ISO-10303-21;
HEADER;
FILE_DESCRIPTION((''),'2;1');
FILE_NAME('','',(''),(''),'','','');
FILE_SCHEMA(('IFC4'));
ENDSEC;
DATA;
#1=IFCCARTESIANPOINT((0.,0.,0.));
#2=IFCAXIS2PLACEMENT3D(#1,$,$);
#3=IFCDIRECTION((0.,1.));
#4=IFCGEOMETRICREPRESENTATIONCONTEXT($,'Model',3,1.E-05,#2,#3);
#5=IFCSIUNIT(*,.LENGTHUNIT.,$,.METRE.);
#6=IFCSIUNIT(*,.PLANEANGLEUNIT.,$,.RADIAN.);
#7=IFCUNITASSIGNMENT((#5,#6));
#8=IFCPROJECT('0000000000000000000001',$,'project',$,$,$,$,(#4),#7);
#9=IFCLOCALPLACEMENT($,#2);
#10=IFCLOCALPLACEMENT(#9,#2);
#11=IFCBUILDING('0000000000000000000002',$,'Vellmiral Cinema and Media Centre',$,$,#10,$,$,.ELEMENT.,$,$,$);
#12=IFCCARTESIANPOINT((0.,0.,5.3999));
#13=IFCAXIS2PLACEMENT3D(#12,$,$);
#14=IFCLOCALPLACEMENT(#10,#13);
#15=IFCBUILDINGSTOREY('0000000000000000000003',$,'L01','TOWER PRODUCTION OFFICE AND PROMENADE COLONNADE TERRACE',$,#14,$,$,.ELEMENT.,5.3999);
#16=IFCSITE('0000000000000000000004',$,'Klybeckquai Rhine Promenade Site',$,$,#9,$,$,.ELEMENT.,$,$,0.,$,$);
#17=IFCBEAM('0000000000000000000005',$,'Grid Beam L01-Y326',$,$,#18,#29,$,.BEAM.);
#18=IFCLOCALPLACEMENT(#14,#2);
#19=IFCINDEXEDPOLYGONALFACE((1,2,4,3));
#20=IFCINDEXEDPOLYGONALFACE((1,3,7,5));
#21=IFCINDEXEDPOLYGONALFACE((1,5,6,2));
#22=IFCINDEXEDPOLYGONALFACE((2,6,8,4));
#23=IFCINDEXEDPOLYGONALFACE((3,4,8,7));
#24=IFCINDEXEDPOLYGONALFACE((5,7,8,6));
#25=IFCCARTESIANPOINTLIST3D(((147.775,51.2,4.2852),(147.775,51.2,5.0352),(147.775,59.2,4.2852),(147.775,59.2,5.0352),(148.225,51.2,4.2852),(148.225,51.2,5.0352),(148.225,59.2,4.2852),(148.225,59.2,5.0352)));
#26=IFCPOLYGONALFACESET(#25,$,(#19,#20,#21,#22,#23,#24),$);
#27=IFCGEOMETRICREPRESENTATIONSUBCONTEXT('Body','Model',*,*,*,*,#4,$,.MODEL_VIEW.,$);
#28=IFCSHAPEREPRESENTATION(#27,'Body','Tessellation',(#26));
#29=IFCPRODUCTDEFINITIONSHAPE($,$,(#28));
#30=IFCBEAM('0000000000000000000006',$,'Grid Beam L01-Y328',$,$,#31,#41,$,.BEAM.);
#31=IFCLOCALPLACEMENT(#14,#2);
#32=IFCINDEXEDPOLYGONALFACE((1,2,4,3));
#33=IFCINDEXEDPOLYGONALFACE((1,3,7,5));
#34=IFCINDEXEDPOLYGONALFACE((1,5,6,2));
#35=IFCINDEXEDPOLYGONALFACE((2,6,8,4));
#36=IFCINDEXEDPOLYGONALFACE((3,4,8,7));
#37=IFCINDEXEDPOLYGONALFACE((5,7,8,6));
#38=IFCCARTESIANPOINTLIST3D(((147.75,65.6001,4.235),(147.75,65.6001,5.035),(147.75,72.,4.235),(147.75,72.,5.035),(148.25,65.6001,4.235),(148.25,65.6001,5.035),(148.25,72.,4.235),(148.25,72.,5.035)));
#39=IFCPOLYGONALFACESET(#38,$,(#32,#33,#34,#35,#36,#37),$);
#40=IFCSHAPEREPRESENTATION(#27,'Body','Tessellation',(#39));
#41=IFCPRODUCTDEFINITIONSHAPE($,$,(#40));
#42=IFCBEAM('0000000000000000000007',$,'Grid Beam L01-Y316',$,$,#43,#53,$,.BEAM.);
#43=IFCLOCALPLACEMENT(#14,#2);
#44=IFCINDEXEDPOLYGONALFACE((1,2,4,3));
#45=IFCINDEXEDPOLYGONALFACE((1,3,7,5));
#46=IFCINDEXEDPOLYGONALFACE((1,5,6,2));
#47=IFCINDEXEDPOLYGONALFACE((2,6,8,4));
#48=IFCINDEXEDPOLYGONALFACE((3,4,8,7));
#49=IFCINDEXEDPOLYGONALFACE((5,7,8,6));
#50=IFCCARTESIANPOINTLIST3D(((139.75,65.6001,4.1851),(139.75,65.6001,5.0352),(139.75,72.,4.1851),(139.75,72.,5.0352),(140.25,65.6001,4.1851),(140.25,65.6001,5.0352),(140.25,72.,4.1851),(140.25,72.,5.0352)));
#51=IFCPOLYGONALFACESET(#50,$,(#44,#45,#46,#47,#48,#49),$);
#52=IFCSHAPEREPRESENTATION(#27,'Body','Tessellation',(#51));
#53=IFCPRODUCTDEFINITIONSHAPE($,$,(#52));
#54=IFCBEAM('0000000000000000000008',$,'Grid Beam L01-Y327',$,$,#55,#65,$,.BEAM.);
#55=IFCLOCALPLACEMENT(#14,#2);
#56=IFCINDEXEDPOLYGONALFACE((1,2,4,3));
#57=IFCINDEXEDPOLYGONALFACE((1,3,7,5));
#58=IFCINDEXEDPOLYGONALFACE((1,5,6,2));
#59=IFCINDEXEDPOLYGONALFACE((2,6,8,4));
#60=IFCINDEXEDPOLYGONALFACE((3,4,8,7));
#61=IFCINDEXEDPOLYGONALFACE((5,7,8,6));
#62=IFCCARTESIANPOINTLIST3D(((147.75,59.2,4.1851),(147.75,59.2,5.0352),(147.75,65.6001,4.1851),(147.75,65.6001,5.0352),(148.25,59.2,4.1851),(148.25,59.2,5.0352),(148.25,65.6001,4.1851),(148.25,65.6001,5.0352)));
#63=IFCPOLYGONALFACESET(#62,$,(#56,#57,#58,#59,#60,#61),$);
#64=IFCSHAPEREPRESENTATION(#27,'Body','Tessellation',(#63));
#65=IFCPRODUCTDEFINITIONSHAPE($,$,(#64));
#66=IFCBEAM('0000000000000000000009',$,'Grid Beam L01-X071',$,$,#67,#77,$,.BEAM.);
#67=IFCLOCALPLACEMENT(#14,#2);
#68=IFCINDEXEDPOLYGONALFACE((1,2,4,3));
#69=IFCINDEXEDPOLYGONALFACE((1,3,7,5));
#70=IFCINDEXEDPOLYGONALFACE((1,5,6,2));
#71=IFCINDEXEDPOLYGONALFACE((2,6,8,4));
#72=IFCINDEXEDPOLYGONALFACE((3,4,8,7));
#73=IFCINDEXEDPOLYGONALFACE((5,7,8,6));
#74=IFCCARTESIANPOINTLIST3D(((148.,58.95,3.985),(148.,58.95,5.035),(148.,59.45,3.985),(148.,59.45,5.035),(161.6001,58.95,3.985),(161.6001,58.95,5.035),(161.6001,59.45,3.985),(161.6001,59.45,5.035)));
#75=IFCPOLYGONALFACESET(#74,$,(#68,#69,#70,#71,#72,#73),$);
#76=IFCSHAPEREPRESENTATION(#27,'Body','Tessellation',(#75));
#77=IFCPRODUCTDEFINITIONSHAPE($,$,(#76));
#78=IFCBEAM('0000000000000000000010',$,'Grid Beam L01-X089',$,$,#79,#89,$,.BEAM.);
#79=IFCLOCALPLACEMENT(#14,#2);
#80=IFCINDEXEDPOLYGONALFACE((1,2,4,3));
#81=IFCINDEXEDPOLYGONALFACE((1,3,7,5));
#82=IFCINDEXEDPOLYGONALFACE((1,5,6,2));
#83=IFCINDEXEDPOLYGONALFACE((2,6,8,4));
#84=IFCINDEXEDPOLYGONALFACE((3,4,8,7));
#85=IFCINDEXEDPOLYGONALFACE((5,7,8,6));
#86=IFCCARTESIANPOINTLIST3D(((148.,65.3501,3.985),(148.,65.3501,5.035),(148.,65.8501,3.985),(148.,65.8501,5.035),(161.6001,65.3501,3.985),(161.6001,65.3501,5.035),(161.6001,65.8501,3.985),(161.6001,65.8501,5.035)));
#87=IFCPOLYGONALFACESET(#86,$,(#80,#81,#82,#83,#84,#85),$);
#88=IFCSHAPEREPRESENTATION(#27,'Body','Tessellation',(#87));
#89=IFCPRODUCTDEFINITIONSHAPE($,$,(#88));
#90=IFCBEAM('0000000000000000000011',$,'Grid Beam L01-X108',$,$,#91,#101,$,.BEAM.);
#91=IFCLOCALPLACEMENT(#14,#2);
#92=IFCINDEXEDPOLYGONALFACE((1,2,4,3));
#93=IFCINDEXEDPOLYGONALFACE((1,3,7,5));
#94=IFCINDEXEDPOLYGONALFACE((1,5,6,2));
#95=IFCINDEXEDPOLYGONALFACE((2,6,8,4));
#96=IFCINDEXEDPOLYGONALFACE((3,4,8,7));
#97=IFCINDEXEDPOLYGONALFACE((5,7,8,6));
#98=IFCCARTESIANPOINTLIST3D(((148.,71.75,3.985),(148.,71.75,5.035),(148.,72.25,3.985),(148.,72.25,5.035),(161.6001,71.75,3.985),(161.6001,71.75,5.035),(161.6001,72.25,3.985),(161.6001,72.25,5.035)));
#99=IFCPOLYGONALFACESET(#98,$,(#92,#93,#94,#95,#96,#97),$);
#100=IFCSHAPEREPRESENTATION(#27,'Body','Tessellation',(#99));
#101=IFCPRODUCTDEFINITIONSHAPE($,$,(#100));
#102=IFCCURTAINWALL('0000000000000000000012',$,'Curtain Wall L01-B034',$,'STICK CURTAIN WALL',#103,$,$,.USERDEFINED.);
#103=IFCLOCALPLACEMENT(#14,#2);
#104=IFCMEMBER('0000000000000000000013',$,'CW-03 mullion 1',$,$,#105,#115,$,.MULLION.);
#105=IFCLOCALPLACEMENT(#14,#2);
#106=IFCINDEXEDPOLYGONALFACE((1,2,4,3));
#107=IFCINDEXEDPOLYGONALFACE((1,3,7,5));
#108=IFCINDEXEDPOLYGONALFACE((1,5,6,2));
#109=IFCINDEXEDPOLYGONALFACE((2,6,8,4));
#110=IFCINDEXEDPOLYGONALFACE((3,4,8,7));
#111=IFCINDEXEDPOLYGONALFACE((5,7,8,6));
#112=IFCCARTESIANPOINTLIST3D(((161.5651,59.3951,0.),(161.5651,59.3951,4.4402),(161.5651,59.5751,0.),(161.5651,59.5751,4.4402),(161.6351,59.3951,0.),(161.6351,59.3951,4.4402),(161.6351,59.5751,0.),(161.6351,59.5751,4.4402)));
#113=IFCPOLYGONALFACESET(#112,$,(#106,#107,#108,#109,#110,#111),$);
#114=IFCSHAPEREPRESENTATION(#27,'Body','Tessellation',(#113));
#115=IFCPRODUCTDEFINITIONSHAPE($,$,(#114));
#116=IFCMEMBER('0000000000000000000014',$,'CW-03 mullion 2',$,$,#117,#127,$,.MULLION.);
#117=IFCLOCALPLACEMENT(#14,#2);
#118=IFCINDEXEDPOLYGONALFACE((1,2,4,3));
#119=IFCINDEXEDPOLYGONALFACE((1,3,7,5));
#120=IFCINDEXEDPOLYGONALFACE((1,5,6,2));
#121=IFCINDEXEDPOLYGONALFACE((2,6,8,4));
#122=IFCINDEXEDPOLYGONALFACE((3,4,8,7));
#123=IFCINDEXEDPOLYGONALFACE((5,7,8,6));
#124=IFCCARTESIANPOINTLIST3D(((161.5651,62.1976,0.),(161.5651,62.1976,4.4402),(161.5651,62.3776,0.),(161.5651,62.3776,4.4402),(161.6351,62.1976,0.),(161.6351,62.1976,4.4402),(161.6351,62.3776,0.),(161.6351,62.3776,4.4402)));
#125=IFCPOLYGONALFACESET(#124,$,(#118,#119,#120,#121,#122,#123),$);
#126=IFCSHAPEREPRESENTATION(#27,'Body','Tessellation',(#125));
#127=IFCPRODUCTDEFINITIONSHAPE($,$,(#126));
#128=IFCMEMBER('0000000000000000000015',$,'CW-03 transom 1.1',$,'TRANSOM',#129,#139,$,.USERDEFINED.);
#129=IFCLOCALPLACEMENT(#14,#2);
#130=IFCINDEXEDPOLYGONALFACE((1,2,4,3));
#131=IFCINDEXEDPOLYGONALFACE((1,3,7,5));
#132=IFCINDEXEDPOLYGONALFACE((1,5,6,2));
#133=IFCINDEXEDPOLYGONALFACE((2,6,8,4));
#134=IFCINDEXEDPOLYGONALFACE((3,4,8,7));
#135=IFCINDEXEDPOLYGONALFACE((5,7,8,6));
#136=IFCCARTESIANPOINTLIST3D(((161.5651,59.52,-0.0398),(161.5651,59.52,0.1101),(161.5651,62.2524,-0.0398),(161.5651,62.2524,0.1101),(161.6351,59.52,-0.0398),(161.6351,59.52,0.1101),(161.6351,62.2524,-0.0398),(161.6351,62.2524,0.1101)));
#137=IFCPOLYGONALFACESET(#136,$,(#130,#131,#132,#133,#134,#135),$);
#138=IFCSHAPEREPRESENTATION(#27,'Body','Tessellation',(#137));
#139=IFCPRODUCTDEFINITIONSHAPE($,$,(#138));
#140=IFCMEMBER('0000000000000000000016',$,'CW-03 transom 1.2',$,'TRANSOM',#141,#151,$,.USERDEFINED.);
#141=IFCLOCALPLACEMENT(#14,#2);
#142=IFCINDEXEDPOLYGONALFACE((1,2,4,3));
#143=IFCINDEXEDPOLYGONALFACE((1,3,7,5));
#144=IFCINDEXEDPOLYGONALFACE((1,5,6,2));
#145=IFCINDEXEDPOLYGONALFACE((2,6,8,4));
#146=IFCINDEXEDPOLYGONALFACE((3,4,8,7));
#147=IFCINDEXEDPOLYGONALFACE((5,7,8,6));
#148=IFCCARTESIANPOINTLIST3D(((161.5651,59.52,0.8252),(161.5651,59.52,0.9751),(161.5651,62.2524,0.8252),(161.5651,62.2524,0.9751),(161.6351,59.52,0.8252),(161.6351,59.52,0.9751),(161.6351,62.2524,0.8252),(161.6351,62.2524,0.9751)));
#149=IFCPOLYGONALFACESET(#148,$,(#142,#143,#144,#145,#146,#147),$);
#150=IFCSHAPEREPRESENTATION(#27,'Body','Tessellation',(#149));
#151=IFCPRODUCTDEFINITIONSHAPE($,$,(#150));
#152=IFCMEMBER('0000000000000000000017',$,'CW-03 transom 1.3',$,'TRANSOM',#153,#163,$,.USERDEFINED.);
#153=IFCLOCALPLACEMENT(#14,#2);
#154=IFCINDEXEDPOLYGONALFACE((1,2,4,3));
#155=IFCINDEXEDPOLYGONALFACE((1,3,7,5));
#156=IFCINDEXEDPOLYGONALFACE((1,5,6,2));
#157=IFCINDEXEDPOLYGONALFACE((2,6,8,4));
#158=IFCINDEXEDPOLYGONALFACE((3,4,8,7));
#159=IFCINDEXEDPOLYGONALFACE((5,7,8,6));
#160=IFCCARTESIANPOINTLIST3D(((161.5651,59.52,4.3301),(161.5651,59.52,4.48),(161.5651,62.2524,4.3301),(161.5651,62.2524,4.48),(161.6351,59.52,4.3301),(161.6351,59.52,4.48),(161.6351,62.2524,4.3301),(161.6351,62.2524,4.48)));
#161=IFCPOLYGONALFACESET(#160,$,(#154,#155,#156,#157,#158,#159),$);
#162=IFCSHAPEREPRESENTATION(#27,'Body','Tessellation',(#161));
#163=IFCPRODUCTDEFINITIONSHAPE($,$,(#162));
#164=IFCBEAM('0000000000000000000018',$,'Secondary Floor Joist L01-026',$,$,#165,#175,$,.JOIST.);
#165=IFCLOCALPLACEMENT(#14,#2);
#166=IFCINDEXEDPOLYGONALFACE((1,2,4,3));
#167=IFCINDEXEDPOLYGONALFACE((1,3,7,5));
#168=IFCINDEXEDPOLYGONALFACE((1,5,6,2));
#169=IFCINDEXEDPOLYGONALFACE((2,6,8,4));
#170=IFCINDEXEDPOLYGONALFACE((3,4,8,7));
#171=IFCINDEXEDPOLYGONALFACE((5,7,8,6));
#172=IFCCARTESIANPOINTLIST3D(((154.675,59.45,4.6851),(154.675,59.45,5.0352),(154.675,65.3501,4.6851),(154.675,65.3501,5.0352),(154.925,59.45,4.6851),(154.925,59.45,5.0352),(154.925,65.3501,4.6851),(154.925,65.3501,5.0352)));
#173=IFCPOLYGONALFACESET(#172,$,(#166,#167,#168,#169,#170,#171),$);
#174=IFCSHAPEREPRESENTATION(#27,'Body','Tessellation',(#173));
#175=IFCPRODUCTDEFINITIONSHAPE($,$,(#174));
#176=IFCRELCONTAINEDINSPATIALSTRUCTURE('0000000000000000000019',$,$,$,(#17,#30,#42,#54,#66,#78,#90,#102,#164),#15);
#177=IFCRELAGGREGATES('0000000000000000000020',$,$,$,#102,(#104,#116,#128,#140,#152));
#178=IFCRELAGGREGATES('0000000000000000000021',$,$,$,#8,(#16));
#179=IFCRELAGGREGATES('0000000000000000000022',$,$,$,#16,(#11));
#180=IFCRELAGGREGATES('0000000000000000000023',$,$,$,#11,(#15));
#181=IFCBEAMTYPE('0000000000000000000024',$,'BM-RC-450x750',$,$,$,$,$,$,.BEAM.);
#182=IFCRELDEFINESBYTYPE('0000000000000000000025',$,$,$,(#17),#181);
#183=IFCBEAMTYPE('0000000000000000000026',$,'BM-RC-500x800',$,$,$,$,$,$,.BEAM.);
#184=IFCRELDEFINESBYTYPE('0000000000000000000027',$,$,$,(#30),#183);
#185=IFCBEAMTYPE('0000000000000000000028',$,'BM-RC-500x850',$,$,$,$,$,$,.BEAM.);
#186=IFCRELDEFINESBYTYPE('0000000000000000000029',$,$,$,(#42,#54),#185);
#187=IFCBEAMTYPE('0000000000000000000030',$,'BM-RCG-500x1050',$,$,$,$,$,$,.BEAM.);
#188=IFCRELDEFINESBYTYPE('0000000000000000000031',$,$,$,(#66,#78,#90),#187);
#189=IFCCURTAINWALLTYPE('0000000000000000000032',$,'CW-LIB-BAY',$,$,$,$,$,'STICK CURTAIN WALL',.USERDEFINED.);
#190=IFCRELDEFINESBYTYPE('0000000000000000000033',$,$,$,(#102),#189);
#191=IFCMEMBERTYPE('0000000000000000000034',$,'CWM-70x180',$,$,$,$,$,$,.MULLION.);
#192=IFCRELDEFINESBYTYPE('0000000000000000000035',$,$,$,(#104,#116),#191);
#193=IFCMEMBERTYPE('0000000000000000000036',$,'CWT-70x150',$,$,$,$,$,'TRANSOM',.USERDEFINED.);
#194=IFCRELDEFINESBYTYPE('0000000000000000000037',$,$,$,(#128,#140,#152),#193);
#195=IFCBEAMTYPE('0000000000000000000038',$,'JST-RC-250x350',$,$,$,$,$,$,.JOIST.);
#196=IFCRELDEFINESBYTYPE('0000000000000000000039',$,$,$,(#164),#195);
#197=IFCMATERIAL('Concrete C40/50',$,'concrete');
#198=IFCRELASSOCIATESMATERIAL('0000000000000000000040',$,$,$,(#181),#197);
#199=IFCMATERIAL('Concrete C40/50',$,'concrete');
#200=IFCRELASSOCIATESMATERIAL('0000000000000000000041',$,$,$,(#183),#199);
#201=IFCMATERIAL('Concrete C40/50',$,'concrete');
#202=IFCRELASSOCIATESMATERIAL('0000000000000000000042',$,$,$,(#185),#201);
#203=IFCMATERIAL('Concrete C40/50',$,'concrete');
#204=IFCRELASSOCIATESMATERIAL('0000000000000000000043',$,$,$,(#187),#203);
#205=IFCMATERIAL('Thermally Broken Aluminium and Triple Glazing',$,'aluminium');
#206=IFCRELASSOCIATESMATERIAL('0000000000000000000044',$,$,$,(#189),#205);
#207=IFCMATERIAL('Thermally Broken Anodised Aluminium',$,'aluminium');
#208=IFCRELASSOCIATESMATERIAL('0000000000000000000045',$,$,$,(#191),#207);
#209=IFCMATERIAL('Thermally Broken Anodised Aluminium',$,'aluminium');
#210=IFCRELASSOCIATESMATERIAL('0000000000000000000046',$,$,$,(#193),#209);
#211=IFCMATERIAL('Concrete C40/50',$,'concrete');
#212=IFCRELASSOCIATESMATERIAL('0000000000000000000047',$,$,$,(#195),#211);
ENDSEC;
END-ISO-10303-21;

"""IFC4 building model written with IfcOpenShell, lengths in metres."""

from ifc_helpers import new_model, si_unit, direction, frame, origin, origin_2d, place, context, subcontext, project, spatial, rectangle, extrude, material, material_profile, profile_set, type_object, element, aggregate, save


model = new_model("IFC4")

# Units and contexts
model_context = context("Model", 3, precision=1e-05, world=origin(), true_north=direction((0.0, 1.0)))
body_context = subcontext(model_context, "Body", "Model", "MODEL_VIEW")
ifc_project = project(units=[si_unit("LENGTHUNIT", "METRE"), si_unit("PLANEANGLEUNIT", "RADIAN")], contexts=[model_context])

# Site, building, storey
site_placement = place(None, origin())
site = spatial("IfcSite", under=ifc_project, at=site_placement, Name="Klybeckquai Rhine Promenade Site", CompositionType="ELEMENT", RefElevation=0.0)
building_placement = place(site_placement, origin())
building = spatial("IfcBuilding", under=site, at=building_placement, Name="Vellmiral Cinema and Media Centre", CompositionType="ELEMENT")
storey_placement = place(building_placement, frame((0.0, 0.0, 5.3999)))
storey = spatial("IfcBuildingStorey", under=building, at=storey_placement, Name="L01", Description="TOWER PRODUCTION OFFICE AND PROMENADE COLONNADE TERRACE", CompositionType="ELEMENT", Elevation=5.3999)

# Beams
ifc_material_1 = material(Name="Concrete C40/50", Category="concrete")
ifc_material_profile_1 = material_profile(ifc_material_1, rectangle(XDim=0.45, YDim=0.75, at=origin_2d()), Name="RC 450x750")
ifc_profile_set_1 = profile_set([ifc_material_profile_1], Name="Concrete C40/50")
beam_type_1 = type_object("IfcBeamType", Name="BM-RC-450x750", PredefinedType="BEAM", material=ifc_profile_set_1)
beam_1_placement = place(storey_placement, frame((148.0, 51.2, 4.6602), z_axis=(0.0, 1.0, 0.0), x_axis=(-1.0, 0.0, 0.0)))
element("IfcBeam", 1, at=beam_1_placement, inside=storey, type_object=beam_type_1, Name="Grid Beam L01-Y326", PredefinedType="BEAM", context=body_context, shape_type="SweptSolid", body=[
    extrude(rectangle(XDim=0.45, YDim=0.75, at=origin_2d()), origin(), (0.0, 0.0, 1.0), 8.0),
])
ifc_material_2 = material(Name="Concrete C40/50", Category="concrete")
ifc_material_profile_2 = material_profile(ifc_material_2, rectangle(XDim=0.5, YDim=0.8, at=origin_2d()), Name="RC 500x800")
ifc_profile_set_2 = profile_set([ifc_material_profile_2], Name="Concrete C40/50")
beam_type_2 = type_object("IfcBeamType", Name="BM-RC-500x800", PredefinedType="BEAM", material=ifc_profile_set_2)
beam_2_placement = place(storey_placement, frame((148.0, 65.6001, 4.635), z_axis=(0.0, 1.0, 0.0), x_axis=(-1.0, 0.0, 0.0)))
element("IfcBeam", 2, at=beam_2_placement, inside=storey, type_object=beam_type_2, Name="Grid Beam L01-Y328", PredefinedType="BEAM", context=body_context, shape_type="SweptSolid", body=[
    extrude(rectangle(XDim=0.5, YDim=0.8, at=origin_2d()), origin(), (0.0, 0.0, 1.0), 6.3999),
])
ifc_material_3 = material(Name="Concrete C40/50", Category="concrete")
ifc_material_profile_3 = material_profile(ifc_material_3, rectangle(XDim=0.5, YDim=0.8501, at=origin_2d()), Name="RC 500x850")
ifc_profile_set_3 = profile_set([ifc_material_profile_3], Name="Concrete C40/50")
beam_type_3 = type_object("IfcBeamType", Name="BM-RC-500x850", PredefinedType="BEAM", material=ifc_profile_set_3)
beam_3_placement = place(storey_placement, frame((140.0, 65.6001, 4.6101), z_axis=(0.0, 1.0, 0.0), x_axis=(-1.0, 0.0, 0.0)))
element("IfcBeam", 3, at=beam_3_placement, inside=storey, type_object=beam_type_3, Name="Grid Beam L01-Y316", PredefinedType="BEAM", context=body_context, shape_type="SweptSolid", body=[
    extrude(rectangle(XDim=0.5, YDim=0.8501, at=origin_2d()), origin(), (0.0, 0.0, 1.0), 6.3999),
])
beam_4_placement = place(storey_placement, frame((148.0, 59.2, 4.6101), z_axis=(0.0, 1.0, 0.0), x_axis=(-1.0, 0.0, 0.0)))
element("IfcBeam", 4, at=beam_4_placement, inside=storey, type_object=beam_type_3, Name="Grid Beam L01-Y327", PredefinedType="BEAM", context=body_context, shape_type="SweptSolid", body=[
    extrude(rectangle(XDim=0.5, YDim=0.8501, at=origin_2d()), origin(), (0.0, 0.0, 1.0), 6.4001),
])
ifc_material_4 = material(Name="Concrete C40/50", Category="concrete")
ifc_material_profile_4 = material_profile(ifc_material_4, rectangle(XDim=0.5, YDim=1.05, at=origin_2d()), Name="RC 500x1050")
ifc_profile_set_4 = profile_set([ifc_material_profile_4], Name="Concrete C40/50")
beam_type_4 = type_object("IfcBeamType", Name="BM-RCG-500x1050", PredefinedType="BEAM", material=ifc_profile_set_4)
for number, where, z_axis, x_axis, name in (
    (5, (148.0, 59.2, 4.51), (1.0, 0.0, 0.0), (0.0, 1.0, 0.0), "Grid Beam L01-X071"),
    (6, (148.0, 65.6001, 4.51), (1.0, 0.0, 0.0), (0.0, 1.0, 0.0), "Grid Beam L01-X089"),
    (7, (148.0, 72.0, 4.51), (1.0, 0.0, 0.0), (0.0, 1.0, 0.0), "Grid Beam L01-X108"),
):
    element("IfcBeam", number, at=place(storey_placement, frame(where, z_axis=z_axis, x_axis=x_axis)), inside=storey, type_object=beam_type_4, Name=name, PredefinedType="BEAM", context=body_context, shape_type="SweptSolid", body=[
        extrude(rectangle(XDim=0.5, YDim=1.05, at=origin_2d()), origin(), (0.0, 0.0, 1.0), 13.6001),
    ])

# Curtain wall, members
ifc_material_5 = material(Name="Thermally Broken Aluminium and Triple Glazing", Category="aluminium")
curtain_wall_type = type_object("IfcCurtainWallType", Name="CW-LIB-BAY", ElementType="STICK CURTAIN WALL", PredefinedType="USERDEFINED", material=ifc_material_5)
curtain_wall_placement = place(storey_placement, origin())
curtain_wall = element("IfcCurtainWall", 8, at=curtain_wall_placement, inside=storey, type_object=curtain_wall_type, Name="Curtain Wall L01-B034", ObjectType="STICK CURTAIN WALL", PredefinedType="USERDEFINED")
ifc_material_6 = material(Name="Thermally Broken Anodised Aluminium", Category="aluminium")
ifc_material_profile_5 = material_profile(ifc_material_6, rectangle(XDim=0.0701, YDim=0.1799, at=origin_2d()), Name="MULL 70x180")
ifc_profile_set_5 = profile_set([ifc_material_profile_5], Name="Thermally Broken Anodised Aluminium")
member_type_1 = type_object("IfcMemberType", Name="CWM-70x180", PredefinedType="MULLION", material=ifc_profile_set_5)
member_1_placement = place(storey_placement, frame((161.6001, 59.4851, 0.0), z_axis=(0.0, 0.0, 1.0), x_axis=(-1.0, 0.0, 0.0)))
member_1 = element("IfcMember", 9, at=member_1_placement, type_object=member_type_1, Name="CW-03 mullion 1", PredefinedType="MULLION", context=body_context, shape_type="SweptSolid", body=[
    extrude(rectangle(XDim=0.0701, YDim=0.1799, at=origin_2d()), origin(), (0.0, 0.0, 1.0), 4.4402),
])
member_2_placement = place(storey_placement, frame((161.6001, 62.2876, 0.0), z_axis=(0.0, 0.0, 1.0), x_axis=(-1.0, 0.0, 0.0)))
member_2 = element("IfcMember", 10, at=member_2_placement, type_object=member_type_1, Name="CW-03 mullion 2", PredefinedType="MULLION", context=body_context, shape_type="SweptSolid", body=[
    extrude(rectangle(XDim=0.0701, YDim=0.1799, at=origin_2d()), origin(), (0.0, 0.0, 1.0), 4.4402),
])
ifc_material_7 = material(Name="Thermally Broken Anodised Aluminium", Category="aluminium")
ifc_material_profile_6 = material_profile(ifc_material_7, rectangle(XDim=0.0701, YDim=0.1499, at=origin_2d()), Name="MULL 70x150")
ifc_profile_set_6 = profile_set([ifc_material_profile_6], Name="Thermally Broken Anodised Aluminium")
member_type_2 = type_object("IfcMemberType", Name="CWT-70x150", ElementType="TRANSOM", PredefinedType="USERDEFINED", material=ifc_profile_set_6)
member_3_placement = place(storey_placement, frame((161.6001, 59.52, 0.0352), z_axis=(0.0, 1.0, 0.0), x_axis=(-1.0, 0.0, 0.0)))
member_3 = element("IfcMember", 11, at=member_3_placement, type_object=member_type_2, Name="CW-03 transom 1.1", ObjectType="TRANSOM", PredefinedType="USERDEFINED", context=body_context, shape_type="SweptSolid", body=[
    extrude(rectangle(XDim=0.0701, YDim=0.1499, at=origin_2d()), origin(), (0.0, 0.0, 1.0), 2.7324),
])
member_4_placement = place(storey_placement, frame((161.6001, 59.52, 0.9001), z_axis=(0.0, 1.0, 0.0), x_axis=(-1.0, 0.0, 0.0)))
member_4 = element("IfcMember", 12, at=member_4_placement, type_object=member_type_2, Name="CW-03 transom 1.2", ObjectType="TRANSOM", PredefinedType="USERDEFINED", context=body_context, shape_type="SweptSolid", body=[
    extrude(rectangle(XDim=0.0701, YDim=0.1499, at=origin_2d()), origin(), (0.0, 0.0, 1.0), 2.7324),
])
member_5_placement = place(storey_placement, frame((161.6001, 59.52, 4.405), z_axis=(0.0, 1.0, 0.0), x_axis=(-1.0, 0.0, 0.0)))
member_5 = element("IfcMember", 13, at=member_5_placement, type_object=member_type_2, Name="CW-03 transom 1.3", ObjectType="TRANSOM", PredefinedType="USERDEFINED", context=body_context, shape_type="SweptSolid", body=[
    extrude(rectangle(XDim=0.0701, YDim=0.1499, at=origin_2d()), origin(), (0.0, 0.0, 1.0), 2.7324),
])

# Beam
ifc_material_8 = material(Name="Concrete C40/50", Category="concrete")
ifc_material_profile_7 = material_profile(ifc_material_8, rectangle(XDim=0.25, YDim=0.3501, at=origin_2d()), Name="RC 250x350")
ifc_profile_set_7 = profile_set([ifc_material_profile_7], Name="Concrete C40/50")
beam_type_5 = type_object("IfcBeamType", Name="JST-RC-250x350", PredefinedType="JOIST", material=ifc_profile_set_7)
beam_5_placement = place(storey_placement, frame((154.8, 59.45, 4.8601), z_axis=(0.0, 1.0, 0.0), x_axis=(-1.0, 0.0, 0.0)))
element("IfcBeam", 14, at=beam_5_placement, inside=storey, type_object=beam_type_5, Name="Secondary Floor Joist L01-026", PredefinedType="JOIST", context=body_context, shape_type="SweptSolid", body=[
    extrude(rectangle(XDim=0.25, YDim=0.3501, at=origin_2d()), origin(), (0.0, 0.0, 1.0), 5.9001),
])

aggregate(curtain_wall, [member_1, member_2, member_3, member_4, member_5])

save(model, "model.ifc")
